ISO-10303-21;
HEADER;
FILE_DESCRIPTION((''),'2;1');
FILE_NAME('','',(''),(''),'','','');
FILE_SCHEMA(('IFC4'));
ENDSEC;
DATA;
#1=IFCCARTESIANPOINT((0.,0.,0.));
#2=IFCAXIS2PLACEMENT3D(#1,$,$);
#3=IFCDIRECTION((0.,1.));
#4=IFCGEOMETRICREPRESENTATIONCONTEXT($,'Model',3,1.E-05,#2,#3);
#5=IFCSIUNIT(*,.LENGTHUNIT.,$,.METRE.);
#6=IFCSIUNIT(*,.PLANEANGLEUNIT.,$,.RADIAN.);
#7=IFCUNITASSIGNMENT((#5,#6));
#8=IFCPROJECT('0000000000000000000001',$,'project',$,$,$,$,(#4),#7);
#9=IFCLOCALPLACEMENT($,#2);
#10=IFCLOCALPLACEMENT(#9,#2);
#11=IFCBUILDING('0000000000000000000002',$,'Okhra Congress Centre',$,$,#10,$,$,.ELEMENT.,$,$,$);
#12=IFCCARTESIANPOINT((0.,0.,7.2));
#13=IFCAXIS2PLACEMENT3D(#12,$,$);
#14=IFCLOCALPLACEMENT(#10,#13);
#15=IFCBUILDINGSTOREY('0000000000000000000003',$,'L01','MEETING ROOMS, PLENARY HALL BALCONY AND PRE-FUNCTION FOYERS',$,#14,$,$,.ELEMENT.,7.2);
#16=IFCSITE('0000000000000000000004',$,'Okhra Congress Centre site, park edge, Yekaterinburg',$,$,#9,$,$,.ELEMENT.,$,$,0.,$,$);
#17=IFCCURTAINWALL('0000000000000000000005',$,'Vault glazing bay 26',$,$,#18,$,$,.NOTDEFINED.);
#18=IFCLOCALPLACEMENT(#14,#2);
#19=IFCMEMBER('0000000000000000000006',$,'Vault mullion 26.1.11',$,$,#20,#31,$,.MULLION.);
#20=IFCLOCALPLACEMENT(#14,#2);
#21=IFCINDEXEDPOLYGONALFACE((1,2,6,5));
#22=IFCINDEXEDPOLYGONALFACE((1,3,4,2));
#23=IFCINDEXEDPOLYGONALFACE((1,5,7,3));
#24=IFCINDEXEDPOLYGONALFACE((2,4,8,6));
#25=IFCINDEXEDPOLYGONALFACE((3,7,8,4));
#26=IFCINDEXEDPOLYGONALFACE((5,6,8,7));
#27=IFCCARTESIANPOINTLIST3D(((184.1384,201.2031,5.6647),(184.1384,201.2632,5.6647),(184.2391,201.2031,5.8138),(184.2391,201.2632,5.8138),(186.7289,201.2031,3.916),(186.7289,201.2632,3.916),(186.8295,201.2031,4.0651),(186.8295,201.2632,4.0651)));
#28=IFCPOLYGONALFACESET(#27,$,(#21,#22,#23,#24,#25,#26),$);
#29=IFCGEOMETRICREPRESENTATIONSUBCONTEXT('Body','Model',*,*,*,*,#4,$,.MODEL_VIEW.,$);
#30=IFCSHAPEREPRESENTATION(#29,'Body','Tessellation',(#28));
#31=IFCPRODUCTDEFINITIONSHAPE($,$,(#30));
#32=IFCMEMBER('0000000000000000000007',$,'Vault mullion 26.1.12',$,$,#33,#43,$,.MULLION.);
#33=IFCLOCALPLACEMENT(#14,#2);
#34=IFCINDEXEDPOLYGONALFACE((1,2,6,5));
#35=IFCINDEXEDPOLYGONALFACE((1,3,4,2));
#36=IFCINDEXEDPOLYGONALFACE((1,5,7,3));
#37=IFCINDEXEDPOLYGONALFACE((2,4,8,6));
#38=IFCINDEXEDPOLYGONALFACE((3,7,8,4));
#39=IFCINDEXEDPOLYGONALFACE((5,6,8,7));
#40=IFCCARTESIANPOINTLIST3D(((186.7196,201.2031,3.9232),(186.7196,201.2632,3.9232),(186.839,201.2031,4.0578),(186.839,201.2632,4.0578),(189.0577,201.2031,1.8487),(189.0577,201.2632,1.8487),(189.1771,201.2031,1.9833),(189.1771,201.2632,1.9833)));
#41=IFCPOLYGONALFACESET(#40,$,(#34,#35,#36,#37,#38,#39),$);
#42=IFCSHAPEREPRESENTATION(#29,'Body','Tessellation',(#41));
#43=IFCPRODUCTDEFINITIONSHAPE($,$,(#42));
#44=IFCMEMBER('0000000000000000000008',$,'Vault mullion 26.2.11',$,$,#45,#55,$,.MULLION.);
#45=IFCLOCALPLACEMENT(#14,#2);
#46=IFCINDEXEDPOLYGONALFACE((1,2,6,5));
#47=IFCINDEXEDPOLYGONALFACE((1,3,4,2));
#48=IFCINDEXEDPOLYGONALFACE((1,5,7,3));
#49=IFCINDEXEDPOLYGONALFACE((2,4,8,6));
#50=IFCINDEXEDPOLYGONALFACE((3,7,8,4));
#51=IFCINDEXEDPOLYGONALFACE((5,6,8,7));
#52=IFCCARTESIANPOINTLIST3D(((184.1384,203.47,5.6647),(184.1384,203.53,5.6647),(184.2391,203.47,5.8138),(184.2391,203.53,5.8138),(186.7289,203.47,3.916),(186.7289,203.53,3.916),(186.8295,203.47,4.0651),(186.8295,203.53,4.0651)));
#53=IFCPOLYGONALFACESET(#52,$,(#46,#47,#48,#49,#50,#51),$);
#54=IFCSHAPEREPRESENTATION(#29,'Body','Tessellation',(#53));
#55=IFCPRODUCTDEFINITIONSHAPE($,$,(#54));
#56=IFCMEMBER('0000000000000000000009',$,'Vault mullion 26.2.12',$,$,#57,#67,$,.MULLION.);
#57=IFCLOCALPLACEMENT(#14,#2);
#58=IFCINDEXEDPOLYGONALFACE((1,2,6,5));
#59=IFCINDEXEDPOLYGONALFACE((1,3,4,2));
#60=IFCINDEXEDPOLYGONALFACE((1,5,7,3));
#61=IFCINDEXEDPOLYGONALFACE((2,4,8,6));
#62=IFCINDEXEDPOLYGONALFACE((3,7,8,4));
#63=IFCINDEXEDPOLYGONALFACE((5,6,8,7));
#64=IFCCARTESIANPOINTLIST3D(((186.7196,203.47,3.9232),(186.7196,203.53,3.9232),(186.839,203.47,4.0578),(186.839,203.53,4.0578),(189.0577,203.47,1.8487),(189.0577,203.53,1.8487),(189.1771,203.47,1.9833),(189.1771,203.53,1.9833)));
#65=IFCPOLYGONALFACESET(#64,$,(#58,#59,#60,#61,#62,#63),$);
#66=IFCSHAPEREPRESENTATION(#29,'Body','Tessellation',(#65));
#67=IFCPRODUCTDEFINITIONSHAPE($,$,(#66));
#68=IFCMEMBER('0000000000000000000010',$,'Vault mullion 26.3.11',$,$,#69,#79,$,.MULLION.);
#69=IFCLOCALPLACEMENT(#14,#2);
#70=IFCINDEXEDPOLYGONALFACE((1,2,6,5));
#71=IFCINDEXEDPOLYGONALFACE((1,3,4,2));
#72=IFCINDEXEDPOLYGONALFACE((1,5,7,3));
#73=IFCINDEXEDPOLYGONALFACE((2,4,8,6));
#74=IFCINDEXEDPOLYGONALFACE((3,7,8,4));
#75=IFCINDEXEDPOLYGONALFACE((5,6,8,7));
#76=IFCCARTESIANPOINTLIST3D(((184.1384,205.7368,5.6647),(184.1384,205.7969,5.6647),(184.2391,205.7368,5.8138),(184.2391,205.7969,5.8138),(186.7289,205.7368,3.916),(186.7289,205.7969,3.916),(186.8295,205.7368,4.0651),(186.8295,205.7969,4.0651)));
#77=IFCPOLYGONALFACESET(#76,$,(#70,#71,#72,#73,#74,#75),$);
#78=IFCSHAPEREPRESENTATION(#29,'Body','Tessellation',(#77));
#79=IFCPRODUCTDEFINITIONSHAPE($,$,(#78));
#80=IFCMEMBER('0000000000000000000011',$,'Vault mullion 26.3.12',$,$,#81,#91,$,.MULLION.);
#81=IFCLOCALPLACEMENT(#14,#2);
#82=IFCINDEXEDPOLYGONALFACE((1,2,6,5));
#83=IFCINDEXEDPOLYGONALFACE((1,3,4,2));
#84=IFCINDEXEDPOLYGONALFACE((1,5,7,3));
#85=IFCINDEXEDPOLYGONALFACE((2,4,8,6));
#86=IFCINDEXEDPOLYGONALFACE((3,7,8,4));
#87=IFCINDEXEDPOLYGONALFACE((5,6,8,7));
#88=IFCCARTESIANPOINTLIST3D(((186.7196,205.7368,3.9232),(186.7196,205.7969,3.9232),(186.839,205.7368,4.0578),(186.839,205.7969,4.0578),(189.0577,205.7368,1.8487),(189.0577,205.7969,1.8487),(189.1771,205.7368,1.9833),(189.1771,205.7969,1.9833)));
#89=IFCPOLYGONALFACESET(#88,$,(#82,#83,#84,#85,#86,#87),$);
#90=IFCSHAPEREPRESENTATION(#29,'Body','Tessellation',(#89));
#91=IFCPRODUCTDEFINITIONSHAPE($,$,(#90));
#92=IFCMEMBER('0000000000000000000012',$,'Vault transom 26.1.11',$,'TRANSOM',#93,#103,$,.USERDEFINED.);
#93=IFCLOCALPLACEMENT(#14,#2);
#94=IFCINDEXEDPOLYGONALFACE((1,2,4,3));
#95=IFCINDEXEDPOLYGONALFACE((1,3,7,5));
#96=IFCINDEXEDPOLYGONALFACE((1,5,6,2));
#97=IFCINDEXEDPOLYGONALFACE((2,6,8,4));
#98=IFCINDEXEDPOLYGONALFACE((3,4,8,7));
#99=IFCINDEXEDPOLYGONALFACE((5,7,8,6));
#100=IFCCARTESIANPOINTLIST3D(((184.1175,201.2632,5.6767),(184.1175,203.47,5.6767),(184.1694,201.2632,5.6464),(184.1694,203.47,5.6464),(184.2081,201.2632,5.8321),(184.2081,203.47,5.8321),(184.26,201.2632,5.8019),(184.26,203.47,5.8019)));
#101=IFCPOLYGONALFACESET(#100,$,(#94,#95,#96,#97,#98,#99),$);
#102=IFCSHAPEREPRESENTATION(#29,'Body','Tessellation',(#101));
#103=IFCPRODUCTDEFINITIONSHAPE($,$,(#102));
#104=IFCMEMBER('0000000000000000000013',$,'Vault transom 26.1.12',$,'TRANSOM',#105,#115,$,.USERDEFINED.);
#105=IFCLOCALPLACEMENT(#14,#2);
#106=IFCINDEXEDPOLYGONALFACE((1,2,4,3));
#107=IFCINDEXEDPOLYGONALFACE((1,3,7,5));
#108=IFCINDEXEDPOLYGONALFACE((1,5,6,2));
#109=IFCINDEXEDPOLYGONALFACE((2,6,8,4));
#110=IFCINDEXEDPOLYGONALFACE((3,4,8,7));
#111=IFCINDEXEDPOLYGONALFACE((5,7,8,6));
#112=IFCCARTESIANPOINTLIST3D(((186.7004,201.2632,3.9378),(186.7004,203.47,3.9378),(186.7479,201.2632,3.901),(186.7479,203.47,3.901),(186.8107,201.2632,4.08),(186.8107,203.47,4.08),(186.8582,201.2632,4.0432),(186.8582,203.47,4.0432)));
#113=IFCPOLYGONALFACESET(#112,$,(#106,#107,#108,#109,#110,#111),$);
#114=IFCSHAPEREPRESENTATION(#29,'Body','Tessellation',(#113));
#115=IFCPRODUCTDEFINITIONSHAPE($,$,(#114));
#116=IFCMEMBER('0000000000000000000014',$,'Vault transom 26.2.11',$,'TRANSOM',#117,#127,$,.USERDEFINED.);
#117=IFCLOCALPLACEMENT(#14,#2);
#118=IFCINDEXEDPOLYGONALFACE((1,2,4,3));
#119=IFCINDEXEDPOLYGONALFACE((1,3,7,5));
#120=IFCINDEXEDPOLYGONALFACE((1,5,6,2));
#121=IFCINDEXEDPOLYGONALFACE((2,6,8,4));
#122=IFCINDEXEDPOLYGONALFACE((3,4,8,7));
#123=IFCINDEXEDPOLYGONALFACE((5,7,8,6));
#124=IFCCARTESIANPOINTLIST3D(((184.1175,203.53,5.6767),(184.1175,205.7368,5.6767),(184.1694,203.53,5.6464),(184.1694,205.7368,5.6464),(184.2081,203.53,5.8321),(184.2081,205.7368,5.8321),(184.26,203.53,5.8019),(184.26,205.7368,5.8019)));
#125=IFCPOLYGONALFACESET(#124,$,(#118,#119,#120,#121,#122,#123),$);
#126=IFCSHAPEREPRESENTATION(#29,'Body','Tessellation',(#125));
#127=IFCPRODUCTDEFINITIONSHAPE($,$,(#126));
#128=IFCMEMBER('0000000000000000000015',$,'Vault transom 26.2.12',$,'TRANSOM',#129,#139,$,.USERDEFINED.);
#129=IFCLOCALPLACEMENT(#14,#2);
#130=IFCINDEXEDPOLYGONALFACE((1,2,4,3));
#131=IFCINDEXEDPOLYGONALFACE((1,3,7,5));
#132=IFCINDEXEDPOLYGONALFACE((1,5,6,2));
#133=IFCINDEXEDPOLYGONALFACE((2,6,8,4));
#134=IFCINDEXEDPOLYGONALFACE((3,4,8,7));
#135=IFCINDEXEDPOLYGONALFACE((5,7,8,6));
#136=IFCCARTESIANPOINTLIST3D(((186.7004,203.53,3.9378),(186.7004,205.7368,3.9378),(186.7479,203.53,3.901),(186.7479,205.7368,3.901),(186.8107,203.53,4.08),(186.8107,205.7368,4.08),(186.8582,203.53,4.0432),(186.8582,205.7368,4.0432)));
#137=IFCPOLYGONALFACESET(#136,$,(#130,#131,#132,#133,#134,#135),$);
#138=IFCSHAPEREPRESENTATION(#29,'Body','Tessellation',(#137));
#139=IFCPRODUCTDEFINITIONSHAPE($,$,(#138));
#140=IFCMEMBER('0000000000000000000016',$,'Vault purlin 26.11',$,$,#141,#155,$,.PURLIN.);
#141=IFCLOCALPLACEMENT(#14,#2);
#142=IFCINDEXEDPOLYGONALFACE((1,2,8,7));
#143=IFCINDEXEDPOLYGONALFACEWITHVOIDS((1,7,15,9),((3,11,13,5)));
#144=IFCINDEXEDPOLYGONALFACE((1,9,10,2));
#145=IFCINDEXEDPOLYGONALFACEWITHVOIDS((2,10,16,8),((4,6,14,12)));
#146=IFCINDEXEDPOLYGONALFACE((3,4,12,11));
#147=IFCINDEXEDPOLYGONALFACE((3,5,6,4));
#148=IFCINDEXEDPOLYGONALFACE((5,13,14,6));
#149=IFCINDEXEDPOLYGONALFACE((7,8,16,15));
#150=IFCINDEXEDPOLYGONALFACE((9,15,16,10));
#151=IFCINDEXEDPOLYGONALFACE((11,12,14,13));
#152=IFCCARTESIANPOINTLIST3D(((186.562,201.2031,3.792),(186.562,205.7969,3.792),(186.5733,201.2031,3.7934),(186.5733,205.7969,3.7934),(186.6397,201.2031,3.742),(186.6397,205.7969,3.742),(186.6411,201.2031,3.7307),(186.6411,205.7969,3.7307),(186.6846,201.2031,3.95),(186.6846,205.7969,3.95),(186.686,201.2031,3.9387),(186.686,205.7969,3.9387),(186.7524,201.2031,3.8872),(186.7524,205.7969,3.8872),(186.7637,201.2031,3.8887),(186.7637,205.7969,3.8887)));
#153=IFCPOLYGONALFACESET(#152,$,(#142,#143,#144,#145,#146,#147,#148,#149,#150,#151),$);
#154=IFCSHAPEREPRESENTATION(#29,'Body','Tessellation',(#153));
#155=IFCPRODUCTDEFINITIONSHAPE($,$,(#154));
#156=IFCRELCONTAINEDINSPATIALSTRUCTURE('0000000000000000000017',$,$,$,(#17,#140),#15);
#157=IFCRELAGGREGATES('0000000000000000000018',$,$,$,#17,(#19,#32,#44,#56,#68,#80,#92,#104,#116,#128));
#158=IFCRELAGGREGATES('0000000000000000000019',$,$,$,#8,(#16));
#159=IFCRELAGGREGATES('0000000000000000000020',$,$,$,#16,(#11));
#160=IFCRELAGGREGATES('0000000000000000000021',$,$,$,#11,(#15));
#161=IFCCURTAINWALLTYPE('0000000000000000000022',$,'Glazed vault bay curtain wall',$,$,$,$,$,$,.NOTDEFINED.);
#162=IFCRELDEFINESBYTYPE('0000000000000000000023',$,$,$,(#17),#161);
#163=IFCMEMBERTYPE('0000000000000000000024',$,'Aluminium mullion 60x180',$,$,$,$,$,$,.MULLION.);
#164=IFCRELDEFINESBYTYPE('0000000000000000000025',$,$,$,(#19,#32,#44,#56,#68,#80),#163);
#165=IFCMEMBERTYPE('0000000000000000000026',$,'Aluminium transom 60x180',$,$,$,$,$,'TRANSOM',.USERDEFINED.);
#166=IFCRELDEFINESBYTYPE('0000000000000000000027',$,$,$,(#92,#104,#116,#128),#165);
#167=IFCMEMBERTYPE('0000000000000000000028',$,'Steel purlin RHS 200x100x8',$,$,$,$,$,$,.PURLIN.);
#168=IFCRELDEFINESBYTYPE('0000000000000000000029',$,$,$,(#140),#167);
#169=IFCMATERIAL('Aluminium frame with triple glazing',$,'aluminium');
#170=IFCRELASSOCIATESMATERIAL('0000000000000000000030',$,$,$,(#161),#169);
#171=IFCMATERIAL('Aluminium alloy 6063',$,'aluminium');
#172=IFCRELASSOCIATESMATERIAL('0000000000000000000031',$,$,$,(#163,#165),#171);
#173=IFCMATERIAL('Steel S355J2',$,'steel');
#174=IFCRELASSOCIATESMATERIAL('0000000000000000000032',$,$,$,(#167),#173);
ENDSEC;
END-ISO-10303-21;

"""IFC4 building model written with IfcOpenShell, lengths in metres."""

from ifc_helpers import new_model, si_unit, direction, frame, origin, origin_2d, place, context, subcontext, project, spatial, rectangle, hollow_rectangle, extrude, material, material_profile, profile_set, type_object, element, aggregate, save


model = new_model("IFC4")

# Units and contexts
model_context = context("Model", 3, precision=1e-05, world=origin(), true_north=direction((0.0, 1.0)))
body_context = subcontext(model_context, "Body", "Model", "MODEL_VIEW")
ifc_project = project(units=[si_unit("LENGTHUNIT", "METRE"), si_unit("PLANEANGLEUNIT", "RADIAN")], contexts=[model_context])

# Site, building, storey
site_placement = place(None, origin())
site = spatial("IfcSite", under=ifc_project, at=site_placement, Name="Okhra Congress Centre site, park edge, Yekaterinburg", CompositionType="ELEMENT", RefElevation=0.0)
building_placement = place(site_placement, origin())
building = spatial("IfcBuilding", under=site, at=building_placement, Name="Okhra Congress Centre", CompositionType="ELEMENT")
storey_placement = place(building_placement, frame((0.0, 0.0, 7.2)))
storey = spatial("IfcBuildingStorey", under=building, at=storey_placement, Name="L01", Description="MEETING ROOMS, PLENARY HALL BALCONY AND PRE-FUNCTION FOYERS", CompositionType="ELEMENT", Elevation=7.2)

# Curtain wall, members
ifc_material_1 = material(Name="Aluminium frame with triple glazing", Category="aluminium")
curtain_wall_type = type_object("IfcCurtainWallType", Name="Glazed vault bay curtain wall", PredefinedType="NOTDEFINED", material=ifc_material_1)
curtain_wall_placement = place(storey_placement, origin())
curtain_wall = element("IfcCurtainWall", 1, at=curtain_wall_placement, inside=storey, type_object=curtain_wall_type, Name="Vault glazing bay 26", PredefinedType="NOTDEFINED")
ifc_material_2 = material(Name="Aluminium alloy 6063", Category="aluminium")
ifc_material_profile_1 = material_profile(ifc_material_2, rectangle(XDim=0.0601, YDim=0.1799, at=origin_2d()), Name="AL 60x180")
ifc_profile_set_1 = profile_set([ifc_material_profile_1], Name="Aluminium alloy 6063")
member_type_1 = type_object("IfcMemberType", Name="Aluminium mullion 60x180", PredefinedType="MULLION", material=ifc_profile_set_1)
member_1_placement = place(storey_placement, frame((184.1887, 201.2332, 5.7393), z_axis=(0.828828, 0.0, -0.559504), x_axis=(0.0, 1.0, 0.0)))
member_1 = element("IfcMember", 2, at=member_1_placement, type_object=member_type_1, Name="Vault mullion 26.1.11", PredefinedType="MULLION", context=body_context, shape_type="SweptSolid", body=[
    extrude(rectangle(XDim=0.0601, YDim=0.1799, at=origin_2d()), origin(), (0.0, 0.0, 1.0), 3.1255),
])
member_2_placement = place(storey_placement, frame((186.7793, 201.2332, 3.9905), z_axis=(0.748025, 0.0, -0.66367), x_axis=(0.0, 1.0, 0.0)))
member_2 = element("IfcMember", 3, at=member_2_placement, type_object=member_type_1, Name="Vault mullion 26.1.12", PredefinedType="MULLION", context=body_context, shape_type="SweptSolid", body=[
    extrude(rectangle(XDim=0.0601, YDim=0.1799, at=origin_2d()), origin(), (0.0, 0.0, 1.0), 3.1257),
])
member_3_placement = place(storey_placement, frame((184.1887, 203.5, 5.7393), z_axis=(0.828828, 0.0, -0.559504), x_axis=(0.0, 1.0, 0.0)))
member_3 = element("IfcMember", 4, at=member_3_placement, type_object=member_type_1, Name="Vault mullion 26.2.11", PredefinedType="MULLION", context=body_context, shape_type="SweptSolid", body=[
    extrude(rectangle(XDim=0.0601, YDim=0.1799, at=origin_2d()), origin(), (0.0, 0.0, 1.0), 3.1255),
])
member_4_placement = place(storey_placement, frame((186.7793, 203.5, 3.9905), z_axis=(0.748025, 0.0, -0.66367), x_axis=(0.0, 1.0, 0.0)))
member_4 = element("IfcMember", 5, at=member_4_placement, type_object=member_type_1, Name="Vault mullion 26.2.12", PredefinedType="MULLION", context=body_context, shape_type="SweptSolid", body=[
    extrude(rectangle(XDim=0.0601, YDim=0.1799, at=origin_2d()), origin(), (0.0, 0.0, 1.0), 3.1257),
])
member_5_placement = place(storey_placement, frame((184.1887, 205.7668, 5.7393), z_axis=(0.828828, 0.0, -0.559504), x_axis=(0.0, 1.0, 0.0)))
member_5 = element("IfcMember", 6, at=member_5_placement, type_object=member_type_1, Name="Vault mullion 26.3.11", PredefinedType="MULLION", context=body_context, shape_type="SweptSolid", body=[
    extrude(rectangle(XDim=0.0601, YDim=0.1799, at=origin_2d()), origin(), (0.0, 0.0, 1.0), 3.1255),
])
member_6_placement = place(storey_placement, frame((186.7793, 205.7668, 3.9905), z_axis=(0.748025, 0.0, -0.66367), x_axis=(0.0, 1.0, 0.0)))
member_6 = element("IfcMember", 7, at=member_6_placement, type_object=member_type_1, Name="Vault mullion 26.3.12", PredefinedType="MULLION", context=body_context, shape_type="SweptSolid", body=[
    extrude(rectangle(XDim=0.0601, YDim=0.1799, at=origin_2d()), origin(), (0.0, 0.0, 1.0), 3.1257),
])
ifc_material_profile_2 = material_profile(ifc_material_2, rectangle(XDim=0.0601, YDim=0.1799, at=origin_2d()), Name="AL 60x180 transom")
ifc_profile_set_2 = profile_set([ifc_material_profile_2], Name="Aluminium alloy 6063")
member_type_2 = type_object("IfcMemberType", Name="Aluminium transom 60x180", ElementType="TRANSOM", PredefinedType="USERDEFINED", material=ifc_profile_set_2)
member_7_placement = place(storey_placement, frame((184.1887, 201.2632, 5.7393), z_axis=(0.0, 1.0, 0.0), x_axis=(-0.863917, 0.0, 0.503634)))
member_7 = element("IfcMember", 8, at=member_7_placement, type_object=member_type_2, Name="Vault transom 26.1.11", ObjectType="TRANSOM", PredefinedType="USERDEFINED", context=body_context, shape_type="SweptSolid", body=[
    extrude(rectangle(XDim=0.0601, YDim=0.1799, at=origin_2d()), origin(), (0.0, 0.0, 1.0), 2.2068),
])
member_8_placement = place(storey_placement, frame((186.7793, 201.2632, 3.9905), z_axis=(0.0, 1.0, 0.0), x_axis=(-0.790145, 0.0, 0.61292)))
member_8 = element("IfcMember", 9, at=member_8_placement, type_object=member_type_2, Name="Vault transom 26.1.12", ObjectType="TRANSOM", PredefinedType="USERDEFINED", context=body_context, shape_type="SweptSolid", body=[
    extrude(rectangle(XDim=0.0601, YDim=0.1799, at=origin_2d()), origin(), (0.0, 0.0, 1.0), 2.2068),
])
member_9_placement = place(storey_placement, frame((184.1887, 203.53, 5.7393), z_axis=(0.0, 1.0, 0.0), x_axis=(-0.863917, 0.0, 0.503634)))
member_9 = element("IfcMember", 10, at=member_9_placement, type_object=member_type_2, Name="Vault transom 26.2.11", ObjectType="TRANSOM", PredefinedType="USERDEFINED", context=body_context, shape_type="SweptSolid", body=[
    extrude(rectangle(XDim=0.0601, YDim=0.1799, at=origin_2d()), origin(), (0.0, 0.0, 1.0), 2.2068),
])
member_10_placement = place(storey_placement, frame((186.7793, 203.53, 3.9905), z_axis=(0.0, 1.0, 0.0), x_axis=(-0.790145, 0.0, 0.61292)))
member_10 = element("IfcMember", 11, at=member_10_placement, type_object=member_type_2, Name="Vault transom 26.2.12", ObjectType="TRANSOM", PredefinedType="USERDEFINED", context=body_context, shape_type="SweptSolid", body=[
    extrude(rectangle(XDim=0.0601, YDim=0.1799, at=origin_2d()), origin(), (0.0, 0.0, 1.0), 2.2068),
])

# Member
ifc_material_3 = material(Name="Steel S355J2", Category="steel")
ifc_material_profile_3 = material_profile(ifc_material_3, hollow_rectangle(XDim=0.1001, YDim=0.2, WallThickness=0.0081, at=origin_2d()), Name="RHS 200x100x8")
ifc_profile_set_3 = profile_set([ifc_material_profile_3], Name="Steel S355J2")
member_type_3 = type_object("IfcMemberType", Name="Steel purlin RHS 200x100x8", PredefinedType="PURLIN", material=ifc_profile_set_3)
member_11_placement = place(storey_placement, frame((186.6628, 201.2031, 3.8403), z_axis=(0.0, 1.0, 0.0), x_axis=(-0.790145, 0.0, 0.61292)))
element("IfcMember", 12, at=member_11_placement, inside=storey, type_object=member_type_3, Name="Vault purlin 26.11", PredefinedType="PURLIN", context=body_context, shape_type="SweptSolid", body=[
    extrude(hollow_rectangle(XDim=0.1001, YDim=0.2, WallThickness=0.0081, at=origin_2d()), origin(), (0.0, 0.0, 1.0), 4.5938),
])

aggregate(curtain_wall, [member_1, member_2, member_3, member_4, member_5, member_6, member_7, member_8, member_9, member_10])

save(model, "model.ifc")
